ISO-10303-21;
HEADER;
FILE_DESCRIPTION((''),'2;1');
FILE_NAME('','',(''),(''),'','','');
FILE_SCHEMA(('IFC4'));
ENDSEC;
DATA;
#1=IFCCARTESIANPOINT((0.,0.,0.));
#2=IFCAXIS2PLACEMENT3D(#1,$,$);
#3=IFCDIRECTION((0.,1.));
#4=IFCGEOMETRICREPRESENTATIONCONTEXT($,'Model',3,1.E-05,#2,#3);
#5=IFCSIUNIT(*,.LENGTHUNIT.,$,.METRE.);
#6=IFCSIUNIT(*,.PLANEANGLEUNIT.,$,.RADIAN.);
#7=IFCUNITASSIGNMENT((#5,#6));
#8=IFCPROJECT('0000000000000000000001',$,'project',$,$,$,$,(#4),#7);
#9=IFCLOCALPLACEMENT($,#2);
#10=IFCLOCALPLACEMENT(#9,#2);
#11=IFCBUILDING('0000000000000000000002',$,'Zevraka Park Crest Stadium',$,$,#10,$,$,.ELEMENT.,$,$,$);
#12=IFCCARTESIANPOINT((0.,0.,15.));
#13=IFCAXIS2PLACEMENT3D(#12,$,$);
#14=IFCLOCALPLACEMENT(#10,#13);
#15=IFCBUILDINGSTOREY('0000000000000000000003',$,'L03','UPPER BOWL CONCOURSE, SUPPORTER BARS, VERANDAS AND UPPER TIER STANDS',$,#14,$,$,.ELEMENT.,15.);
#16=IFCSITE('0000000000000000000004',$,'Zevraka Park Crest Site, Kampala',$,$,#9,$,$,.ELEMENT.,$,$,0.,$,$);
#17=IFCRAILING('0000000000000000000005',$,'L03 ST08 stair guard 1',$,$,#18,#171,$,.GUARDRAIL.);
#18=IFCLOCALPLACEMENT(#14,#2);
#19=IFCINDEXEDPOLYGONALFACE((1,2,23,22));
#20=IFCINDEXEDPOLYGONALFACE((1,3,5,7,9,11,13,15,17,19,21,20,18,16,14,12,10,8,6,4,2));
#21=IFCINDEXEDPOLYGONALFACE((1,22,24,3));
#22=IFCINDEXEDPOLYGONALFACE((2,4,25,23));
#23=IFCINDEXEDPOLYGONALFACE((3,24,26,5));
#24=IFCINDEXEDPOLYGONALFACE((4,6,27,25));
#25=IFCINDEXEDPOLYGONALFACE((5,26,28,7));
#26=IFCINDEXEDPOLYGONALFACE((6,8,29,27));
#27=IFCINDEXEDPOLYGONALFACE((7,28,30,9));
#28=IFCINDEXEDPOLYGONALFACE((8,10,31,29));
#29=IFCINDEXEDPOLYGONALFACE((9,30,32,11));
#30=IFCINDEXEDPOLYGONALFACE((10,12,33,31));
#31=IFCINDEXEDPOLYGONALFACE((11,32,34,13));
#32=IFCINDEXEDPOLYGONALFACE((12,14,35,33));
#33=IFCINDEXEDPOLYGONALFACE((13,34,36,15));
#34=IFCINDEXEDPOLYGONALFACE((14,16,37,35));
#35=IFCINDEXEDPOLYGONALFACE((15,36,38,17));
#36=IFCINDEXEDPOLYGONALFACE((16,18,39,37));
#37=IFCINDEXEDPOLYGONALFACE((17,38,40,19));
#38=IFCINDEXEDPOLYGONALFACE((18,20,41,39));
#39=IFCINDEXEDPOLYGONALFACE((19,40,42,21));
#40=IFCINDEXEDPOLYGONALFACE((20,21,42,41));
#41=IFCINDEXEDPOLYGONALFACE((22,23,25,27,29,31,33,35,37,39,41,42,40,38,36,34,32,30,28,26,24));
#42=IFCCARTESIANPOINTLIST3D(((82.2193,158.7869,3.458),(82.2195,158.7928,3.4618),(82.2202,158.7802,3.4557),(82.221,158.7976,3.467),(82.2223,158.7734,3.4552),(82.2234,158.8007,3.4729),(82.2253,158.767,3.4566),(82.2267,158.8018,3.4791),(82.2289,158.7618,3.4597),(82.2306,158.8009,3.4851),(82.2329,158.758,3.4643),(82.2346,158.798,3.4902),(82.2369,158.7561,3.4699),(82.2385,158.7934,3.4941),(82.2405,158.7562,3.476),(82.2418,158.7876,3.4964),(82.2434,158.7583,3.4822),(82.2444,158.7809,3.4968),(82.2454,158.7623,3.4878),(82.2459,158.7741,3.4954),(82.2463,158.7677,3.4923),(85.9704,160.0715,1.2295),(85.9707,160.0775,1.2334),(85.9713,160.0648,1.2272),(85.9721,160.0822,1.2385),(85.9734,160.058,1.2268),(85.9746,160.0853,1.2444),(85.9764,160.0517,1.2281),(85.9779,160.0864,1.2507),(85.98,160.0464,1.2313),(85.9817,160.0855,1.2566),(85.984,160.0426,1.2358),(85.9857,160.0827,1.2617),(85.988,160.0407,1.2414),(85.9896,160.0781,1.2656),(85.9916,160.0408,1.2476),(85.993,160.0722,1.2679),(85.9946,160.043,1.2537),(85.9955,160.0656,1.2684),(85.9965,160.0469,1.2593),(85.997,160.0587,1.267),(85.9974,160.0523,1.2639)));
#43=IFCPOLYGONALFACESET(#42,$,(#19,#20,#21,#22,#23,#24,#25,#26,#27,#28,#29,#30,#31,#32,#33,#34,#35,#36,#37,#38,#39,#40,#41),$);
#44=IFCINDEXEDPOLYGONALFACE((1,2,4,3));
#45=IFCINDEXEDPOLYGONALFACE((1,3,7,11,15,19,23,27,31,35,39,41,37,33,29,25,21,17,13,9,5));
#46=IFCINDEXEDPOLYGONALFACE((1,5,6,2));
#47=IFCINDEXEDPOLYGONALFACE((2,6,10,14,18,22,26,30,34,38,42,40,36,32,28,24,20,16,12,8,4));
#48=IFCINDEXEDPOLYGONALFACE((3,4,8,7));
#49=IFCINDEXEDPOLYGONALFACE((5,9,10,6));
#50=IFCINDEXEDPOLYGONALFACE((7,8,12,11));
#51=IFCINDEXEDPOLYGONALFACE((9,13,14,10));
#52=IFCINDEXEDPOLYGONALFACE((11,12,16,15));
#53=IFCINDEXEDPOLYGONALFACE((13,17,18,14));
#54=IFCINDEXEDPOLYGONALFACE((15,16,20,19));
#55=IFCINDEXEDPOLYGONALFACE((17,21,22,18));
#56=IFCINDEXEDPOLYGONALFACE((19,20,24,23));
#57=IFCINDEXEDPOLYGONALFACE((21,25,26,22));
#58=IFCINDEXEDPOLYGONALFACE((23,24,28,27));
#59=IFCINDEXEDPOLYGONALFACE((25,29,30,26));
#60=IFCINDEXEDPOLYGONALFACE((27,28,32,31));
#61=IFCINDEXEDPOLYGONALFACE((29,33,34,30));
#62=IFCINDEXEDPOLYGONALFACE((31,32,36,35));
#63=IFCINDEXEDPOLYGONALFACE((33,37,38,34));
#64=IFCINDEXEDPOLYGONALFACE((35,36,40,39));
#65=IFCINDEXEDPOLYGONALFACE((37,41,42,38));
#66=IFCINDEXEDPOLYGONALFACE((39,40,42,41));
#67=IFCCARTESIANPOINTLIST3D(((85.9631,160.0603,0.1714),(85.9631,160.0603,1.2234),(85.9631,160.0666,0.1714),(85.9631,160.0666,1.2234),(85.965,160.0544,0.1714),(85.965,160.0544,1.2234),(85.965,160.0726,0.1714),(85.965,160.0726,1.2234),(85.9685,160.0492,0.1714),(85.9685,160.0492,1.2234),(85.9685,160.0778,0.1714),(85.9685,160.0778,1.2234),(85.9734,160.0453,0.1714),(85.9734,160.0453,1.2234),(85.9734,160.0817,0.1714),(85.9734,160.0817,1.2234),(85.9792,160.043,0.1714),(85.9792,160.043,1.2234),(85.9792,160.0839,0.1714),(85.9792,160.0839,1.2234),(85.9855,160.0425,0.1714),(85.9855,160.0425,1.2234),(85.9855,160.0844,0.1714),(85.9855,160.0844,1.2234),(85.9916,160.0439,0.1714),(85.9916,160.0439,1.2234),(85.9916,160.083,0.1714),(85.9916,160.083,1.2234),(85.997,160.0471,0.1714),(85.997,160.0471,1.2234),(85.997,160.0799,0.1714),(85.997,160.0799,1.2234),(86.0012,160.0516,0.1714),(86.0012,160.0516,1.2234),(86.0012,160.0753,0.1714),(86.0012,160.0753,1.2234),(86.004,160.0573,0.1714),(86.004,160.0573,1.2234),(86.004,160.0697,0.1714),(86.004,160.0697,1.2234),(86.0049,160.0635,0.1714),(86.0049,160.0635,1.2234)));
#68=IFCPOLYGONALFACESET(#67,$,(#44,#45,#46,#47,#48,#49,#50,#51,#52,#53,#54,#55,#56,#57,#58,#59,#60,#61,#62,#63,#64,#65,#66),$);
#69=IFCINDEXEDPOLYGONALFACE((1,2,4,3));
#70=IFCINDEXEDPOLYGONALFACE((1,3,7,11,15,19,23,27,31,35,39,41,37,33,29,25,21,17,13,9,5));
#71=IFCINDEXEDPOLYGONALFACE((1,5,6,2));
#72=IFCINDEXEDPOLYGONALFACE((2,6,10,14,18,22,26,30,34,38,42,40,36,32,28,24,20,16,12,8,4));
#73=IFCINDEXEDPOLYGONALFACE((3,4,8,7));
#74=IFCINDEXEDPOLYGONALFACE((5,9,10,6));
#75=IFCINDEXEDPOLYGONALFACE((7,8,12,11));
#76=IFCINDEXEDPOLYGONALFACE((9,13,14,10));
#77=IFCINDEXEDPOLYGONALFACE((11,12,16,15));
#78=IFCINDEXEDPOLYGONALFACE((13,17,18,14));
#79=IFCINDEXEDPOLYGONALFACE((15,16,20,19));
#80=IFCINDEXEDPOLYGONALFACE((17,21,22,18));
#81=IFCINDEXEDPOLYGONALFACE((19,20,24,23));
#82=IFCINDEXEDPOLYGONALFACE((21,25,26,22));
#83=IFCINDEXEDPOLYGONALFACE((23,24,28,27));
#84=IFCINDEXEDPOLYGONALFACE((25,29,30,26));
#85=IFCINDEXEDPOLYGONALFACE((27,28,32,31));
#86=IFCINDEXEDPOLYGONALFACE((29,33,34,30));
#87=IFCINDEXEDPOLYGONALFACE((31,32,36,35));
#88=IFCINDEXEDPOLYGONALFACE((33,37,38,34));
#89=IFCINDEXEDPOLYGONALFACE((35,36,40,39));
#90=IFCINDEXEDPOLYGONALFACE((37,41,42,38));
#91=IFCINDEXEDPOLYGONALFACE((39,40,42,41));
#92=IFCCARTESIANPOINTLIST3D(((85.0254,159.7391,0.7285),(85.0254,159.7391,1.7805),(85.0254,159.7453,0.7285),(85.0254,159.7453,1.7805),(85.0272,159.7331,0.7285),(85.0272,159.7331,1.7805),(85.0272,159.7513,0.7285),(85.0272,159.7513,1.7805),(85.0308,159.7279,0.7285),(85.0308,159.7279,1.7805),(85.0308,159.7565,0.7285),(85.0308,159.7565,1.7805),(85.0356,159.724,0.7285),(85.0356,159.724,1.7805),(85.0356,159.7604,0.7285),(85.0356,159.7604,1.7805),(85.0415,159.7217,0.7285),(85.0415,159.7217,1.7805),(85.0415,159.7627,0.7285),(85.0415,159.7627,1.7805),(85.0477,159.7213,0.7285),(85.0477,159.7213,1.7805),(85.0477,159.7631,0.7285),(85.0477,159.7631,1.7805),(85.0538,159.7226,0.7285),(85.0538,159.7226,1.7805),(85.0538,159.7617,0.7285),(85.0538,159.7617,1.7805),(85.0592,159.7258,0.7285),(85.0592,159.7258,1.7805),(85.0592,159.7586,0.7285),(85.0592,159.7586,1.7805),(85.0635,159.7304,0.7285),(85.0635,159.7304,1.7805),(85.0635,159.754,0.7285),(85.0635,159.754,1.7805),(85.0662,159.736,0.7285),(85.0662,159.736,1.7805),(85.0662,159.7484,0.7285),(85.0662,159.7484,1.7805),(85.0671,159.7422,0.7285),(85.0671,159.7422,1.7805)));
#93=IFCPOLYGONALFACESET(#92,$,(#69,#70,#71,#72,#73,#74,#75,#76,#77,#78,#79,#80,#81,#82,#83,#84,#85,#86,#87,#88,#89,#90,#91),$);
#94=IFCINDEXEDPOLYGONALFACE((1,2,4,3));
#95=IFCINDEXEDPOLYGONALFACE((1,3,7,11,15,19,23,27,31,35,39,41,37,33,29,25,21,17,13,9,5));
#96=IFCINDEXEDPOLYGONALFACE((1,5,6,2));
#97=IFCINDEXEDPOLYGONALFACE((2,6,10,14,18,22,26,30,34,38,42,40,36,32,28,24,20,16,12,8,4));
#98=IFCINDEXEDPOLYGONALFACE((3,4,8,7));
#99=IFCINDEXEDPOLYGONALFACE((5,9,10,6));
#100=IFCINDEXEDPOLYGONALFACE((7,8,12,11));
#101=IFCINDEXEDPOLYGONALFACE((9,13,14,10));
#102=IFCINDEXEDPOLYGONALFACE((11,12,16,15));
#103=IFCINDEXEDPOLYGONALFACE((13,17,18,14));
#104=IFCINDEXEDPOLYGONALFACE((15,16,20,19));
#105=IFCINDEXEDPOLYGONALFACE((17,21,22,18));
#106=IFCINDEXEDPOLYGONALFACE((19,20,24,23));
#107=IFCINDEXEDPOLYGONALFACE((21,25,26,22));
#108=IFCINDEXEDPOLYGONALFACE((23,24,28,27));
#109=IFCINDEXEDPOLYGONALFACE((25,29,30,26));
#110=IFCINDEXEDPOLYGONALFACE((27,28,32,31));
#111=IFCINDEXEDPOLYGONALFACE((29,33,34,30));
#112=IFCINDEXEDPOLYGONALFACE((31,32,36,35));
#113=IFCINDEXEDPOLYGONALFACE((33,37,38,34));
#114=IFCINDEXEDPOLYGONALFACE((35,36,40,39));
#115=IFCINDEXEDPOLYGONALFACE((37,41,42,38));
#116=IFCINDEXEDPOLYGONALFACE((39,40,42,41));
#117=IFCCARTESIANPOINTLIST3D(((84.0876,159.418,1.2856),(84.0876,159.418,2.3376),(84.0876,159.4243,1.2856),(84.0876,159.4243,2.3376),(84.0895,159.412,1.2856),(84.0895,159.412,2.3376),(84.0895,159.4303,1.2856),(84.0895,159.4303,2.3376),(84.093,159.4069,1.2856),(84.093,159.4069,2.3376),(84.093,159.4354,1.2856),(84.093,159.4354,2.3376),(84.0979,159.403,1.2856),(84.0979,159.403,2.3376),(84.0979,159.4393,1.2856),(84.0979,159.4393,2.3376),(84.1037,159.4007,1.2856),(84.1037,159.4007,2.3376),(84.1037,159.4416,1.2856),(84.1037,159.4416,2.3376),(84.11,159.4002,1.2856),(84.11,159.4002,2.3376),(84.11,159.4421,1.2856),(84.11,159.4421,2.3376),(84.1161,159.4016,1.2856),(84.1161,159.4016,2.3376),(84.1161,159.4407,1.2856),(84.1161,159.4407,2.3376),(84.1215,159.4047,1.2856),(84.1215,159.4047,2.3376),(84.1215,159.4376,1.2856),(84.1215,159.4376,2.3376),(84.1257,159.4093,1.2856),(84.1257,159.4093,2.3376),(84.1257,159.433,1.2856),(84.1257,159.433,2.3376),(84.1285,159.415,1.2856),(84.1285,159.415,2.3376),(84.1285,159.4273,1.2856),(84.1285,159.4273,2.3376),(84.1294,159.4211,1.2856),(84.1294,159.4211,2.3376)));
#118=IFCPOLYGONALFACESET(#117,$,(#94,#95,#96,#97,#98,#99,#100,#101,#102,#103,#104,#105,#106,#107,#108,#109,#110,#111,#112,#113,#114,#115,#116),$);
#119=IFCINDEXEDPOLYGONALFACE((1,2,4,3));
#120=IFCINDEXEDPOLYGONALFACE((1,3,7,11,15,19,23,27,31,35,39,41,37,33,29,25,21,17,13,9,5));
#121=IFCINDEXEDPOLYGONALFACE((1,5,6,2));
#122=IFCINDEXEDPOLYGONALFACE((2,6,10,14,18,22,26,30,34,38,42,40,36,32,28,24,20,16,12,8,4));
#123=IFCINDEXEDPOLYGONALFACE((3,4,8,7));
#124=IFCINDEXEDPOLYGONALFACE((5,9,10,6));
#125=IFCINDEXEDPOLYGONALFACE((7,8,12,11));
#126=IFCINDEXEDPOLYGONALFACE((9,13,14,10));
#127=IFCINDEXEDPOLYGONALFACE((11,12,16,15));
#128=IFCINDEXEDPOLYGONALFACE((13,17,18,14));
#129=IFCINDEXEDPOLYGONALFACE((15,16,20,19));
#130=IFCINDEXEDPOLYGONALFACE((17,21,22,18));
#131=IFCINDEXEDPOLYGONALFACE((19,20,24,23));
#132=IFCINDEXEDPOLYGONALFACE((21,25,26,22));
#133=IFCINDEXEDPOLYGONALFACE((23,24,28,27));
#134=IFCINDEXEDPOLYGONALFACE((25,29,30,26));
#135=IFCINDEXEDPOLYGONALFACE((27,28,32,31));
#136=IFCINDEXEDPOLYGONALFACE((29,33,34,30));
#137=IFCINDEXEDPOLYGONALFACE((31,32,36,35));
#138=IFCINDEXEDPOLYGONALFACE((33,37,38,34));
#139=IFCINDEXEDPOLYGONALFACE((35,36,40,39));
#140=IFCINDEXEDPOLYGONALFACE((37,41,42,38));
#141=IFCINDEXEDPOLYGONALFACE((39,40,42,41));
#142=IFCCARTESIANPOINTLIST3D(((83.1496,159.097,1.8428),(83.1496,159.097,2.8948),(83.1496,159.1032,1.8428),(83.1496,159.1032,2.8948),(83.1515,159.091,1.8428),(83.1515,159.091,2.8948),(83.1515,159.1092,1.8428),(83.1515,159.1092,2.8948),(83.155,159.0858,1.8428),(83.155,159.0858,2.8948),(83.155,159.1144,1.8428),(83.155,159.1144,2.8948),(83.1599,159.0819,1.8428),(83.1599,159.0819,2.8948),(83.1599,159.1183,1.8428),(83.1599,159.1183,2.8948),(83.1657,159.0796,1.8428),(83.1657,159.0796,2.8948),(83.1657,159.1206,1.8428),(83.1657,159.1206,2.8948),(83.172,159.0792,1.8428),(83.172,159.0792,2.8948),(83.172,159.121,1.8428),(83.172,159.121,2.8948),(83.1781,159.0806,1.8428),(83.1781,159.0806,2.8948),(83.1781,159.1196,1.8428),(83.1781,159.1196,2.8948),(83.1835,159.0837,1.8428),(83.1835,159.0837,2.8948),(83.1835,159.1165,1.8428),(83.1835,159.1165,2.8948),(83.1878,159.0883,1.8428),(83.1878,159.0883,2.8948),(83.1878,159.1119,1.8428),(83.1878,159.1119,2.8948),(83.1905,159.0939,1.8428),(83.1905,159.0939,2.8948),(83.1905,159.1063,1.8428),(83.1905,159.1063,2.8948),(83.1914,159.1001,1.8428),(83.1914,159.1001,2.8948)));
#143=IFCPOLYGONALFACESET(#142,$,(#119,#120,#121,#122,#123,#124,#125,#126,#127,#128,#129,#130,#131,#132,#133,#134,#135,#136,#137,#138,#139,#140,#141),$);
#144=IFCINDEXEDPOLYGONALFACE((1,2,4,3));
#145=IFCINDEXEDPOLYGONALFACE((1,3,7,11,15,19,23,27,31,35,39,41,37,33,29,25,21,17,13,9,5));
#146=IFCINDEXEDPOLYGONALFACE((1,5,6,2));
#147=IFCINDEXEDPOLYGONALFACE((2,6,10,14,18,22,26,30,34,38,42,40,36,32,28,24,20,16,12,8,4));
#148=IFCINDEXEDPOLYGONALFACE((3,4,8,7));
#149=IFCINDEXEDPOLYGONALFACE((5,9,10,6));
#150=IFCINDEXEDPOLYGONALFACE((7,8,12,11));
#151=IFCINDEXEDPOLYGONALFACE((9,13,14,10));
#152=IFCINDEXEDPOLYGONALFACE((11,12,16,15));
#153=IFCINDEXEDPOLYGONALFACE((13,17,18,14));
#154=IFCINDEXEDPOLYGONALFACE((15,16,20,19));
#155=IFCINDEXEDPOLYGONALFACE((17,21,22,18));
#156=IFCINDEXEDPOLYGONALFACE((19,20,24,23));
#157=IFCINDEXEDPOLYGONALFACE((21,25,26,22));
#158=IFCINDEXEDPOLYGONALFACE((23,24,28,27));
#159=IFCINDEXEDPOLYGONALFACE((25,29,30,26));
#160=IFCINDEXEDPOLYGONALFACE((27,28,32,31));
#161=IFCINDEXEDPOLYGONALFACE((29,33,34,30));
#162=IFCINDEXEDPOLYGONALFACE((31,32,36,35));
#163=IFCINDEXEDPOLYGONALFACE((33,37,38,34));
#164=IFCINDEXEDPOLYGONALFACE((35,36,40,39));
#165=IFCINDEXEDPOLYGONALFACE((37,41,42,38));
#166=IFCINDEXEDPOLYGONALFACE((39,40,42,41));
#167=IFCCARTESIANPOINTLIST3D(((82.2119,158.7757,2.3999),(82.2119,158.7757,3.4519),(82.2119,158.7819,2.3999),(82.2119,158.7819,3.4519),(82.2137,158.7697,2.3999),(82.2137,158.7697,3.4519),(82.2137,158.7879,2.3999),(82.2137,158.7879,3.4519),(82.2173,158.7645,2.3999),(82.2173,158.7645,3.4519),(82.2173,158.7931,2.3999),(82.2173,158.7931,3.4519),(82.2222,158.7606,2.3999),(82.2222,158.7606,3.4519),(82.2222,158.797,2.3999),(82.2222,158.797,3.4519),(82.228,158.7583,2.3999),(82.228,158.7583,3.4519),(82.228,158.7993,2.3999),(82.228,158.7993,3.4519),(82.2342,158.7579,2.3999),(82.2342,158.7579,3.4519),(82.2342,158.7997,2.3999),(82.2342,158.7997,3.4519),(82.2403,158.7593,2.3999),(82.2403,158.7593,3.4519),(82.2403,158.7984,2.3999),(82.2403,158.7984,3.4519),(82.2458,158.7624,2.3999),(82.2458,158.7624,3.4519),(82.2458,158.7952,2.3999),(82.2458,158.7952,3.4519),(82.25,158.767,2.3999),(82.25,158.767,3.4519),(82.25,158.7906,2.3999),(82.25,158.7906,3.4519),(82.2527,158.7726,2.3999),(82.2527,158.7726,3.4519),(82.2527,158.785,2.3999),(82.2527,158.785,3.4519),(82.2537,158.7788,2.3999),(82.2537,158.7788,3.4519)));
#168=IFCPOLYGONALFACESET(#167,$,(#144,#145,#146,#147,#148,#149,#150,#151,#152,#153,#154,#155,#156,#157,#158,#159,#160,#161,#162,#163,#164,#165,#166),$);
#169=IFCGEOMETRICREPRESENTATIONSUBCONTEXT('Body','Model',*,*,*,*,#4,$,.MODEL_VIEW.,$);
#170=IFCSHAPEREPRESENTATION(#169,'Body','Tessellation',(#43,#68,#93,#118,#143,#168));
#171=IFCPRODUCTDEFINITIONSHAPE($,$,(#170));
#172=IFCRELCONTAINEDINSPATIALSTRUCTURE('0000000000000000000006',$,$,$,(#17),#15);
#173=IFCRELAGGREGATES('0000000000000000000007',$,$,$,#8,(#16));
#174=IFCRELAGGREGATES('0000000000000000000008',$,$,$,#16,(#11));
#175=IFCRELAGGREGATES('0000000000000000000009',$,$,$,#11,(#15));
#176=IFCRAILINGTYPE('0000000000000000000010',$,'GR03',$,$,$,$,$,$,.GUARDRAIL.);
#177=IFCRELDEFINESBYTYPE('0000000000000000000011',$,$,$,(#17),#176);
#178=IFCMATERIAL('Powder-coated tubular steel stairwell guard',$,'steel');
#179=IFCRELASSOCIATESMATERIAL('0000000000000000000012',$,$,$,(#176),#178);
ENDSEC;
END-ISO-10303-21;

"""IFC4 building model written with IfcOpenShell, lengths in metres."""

from ifc_helpers import new_model, si_unit, direction, frame, origin, origin_2d, place, context, subcontext, project, spatial, circle, extrude, material, type_object, element, save


model = new_model("IFC4")

# Units and contexts
model_context = context("Model", 3, precision=1e-05, world=origin(), true_north=direction((0.0, 1.0)))
body_context = subcontext(model_context, "Body", "Model", "MODEL_VIEW")
ifc_project = project(units=[si_unit("LENGTHUNIT", "METRE"), si_unit("PLANEANGLEUNIT", "RADIAN")], contexts=[model_context])

# Site, building, storey
site_placement = place(None, origin())
site = spatial("IfcSite", under=ifc_project, at=site_placement, Name="Zevraka Park Crest Site, Kampala", CompositionType="ELEMENT", RefElevation=0.0)
building_placement = place(site_placement, origin())
building = spatial("IfcBuilding", under=site, at=building_placement, Name="Zevraka Park Crest Stadium", CompositionType="ELEMENT")
storey_placement = place(building_placement, frame((0.0, 0.0, 15.0)))
storey = spatial("IfcBuildingStorey", under=building, at=storey_placement, Name="L03", Description="UPPER BOWL CONCOURSE, SUPPORTER BARS, VERANDAS AND UPPER TIER STANDS", CompositionType="ELEMENT", Elevation=15.0)

# Railing
ifc_material_1 = material(Name="Powder-coated tubular steel stairwell guard", Category="steel")
railing_type_1 = type_object("IfcRailingType", Name="GR03", PredefinedType="GUARDRAIL", material=ifc_material_1)
railing_1_placement = place(storey_placement, frame((85.9839, 160.0635, 0.1714)))
element("IfcRailing", 1, at=railing_1_placement, inside=storey, type_object=railing_type_1, Name="L03 ST08 stair guard 1", PredefinedType="GUARDRAIL", context=body_context, shape_type="SweptSolid", body=[
    extrude(circle(Radius=0.0239, at=origin_2d()), frame((0.0, 0.0, 1.0762), z_axis=(-0.824727, -0.282441, 0.489952), x_axis=(0.323994, -0.946059, 0.0)), (0.0, 0.0, 1.0), 4.5483),
    extrude(circle(Radius=0.021, at=origin_2d()), origin(), (0.0, 0.0, 1.0), 1.052),
    extrude(circle(Radius=0.021, at=origin_2d()), frame((-0.9377, -0.3213, 0.5571)), (0.0, 0.0, 1.0), 1.052),
    extrude(circle(Radius=0.021, at=origin_2d()), frame((-1.8755, -0.6423, 1.1143)), (0.0, 0.0, 1.0), 1.052),
    extrude(circle(Radius=0.021, at=origin_2d()), frame((-2.8135, -0.9634, 1.6714)), (0.0, 0.0, 1.0), 1.052),
    extrude(circle(Radius=0.021, at=origin_2d()), frame((-3.7512, -1.2847, 2.2285)), (0.0, 0.0, 1.0), 1.052),
])

save(model, "model.ifc")
